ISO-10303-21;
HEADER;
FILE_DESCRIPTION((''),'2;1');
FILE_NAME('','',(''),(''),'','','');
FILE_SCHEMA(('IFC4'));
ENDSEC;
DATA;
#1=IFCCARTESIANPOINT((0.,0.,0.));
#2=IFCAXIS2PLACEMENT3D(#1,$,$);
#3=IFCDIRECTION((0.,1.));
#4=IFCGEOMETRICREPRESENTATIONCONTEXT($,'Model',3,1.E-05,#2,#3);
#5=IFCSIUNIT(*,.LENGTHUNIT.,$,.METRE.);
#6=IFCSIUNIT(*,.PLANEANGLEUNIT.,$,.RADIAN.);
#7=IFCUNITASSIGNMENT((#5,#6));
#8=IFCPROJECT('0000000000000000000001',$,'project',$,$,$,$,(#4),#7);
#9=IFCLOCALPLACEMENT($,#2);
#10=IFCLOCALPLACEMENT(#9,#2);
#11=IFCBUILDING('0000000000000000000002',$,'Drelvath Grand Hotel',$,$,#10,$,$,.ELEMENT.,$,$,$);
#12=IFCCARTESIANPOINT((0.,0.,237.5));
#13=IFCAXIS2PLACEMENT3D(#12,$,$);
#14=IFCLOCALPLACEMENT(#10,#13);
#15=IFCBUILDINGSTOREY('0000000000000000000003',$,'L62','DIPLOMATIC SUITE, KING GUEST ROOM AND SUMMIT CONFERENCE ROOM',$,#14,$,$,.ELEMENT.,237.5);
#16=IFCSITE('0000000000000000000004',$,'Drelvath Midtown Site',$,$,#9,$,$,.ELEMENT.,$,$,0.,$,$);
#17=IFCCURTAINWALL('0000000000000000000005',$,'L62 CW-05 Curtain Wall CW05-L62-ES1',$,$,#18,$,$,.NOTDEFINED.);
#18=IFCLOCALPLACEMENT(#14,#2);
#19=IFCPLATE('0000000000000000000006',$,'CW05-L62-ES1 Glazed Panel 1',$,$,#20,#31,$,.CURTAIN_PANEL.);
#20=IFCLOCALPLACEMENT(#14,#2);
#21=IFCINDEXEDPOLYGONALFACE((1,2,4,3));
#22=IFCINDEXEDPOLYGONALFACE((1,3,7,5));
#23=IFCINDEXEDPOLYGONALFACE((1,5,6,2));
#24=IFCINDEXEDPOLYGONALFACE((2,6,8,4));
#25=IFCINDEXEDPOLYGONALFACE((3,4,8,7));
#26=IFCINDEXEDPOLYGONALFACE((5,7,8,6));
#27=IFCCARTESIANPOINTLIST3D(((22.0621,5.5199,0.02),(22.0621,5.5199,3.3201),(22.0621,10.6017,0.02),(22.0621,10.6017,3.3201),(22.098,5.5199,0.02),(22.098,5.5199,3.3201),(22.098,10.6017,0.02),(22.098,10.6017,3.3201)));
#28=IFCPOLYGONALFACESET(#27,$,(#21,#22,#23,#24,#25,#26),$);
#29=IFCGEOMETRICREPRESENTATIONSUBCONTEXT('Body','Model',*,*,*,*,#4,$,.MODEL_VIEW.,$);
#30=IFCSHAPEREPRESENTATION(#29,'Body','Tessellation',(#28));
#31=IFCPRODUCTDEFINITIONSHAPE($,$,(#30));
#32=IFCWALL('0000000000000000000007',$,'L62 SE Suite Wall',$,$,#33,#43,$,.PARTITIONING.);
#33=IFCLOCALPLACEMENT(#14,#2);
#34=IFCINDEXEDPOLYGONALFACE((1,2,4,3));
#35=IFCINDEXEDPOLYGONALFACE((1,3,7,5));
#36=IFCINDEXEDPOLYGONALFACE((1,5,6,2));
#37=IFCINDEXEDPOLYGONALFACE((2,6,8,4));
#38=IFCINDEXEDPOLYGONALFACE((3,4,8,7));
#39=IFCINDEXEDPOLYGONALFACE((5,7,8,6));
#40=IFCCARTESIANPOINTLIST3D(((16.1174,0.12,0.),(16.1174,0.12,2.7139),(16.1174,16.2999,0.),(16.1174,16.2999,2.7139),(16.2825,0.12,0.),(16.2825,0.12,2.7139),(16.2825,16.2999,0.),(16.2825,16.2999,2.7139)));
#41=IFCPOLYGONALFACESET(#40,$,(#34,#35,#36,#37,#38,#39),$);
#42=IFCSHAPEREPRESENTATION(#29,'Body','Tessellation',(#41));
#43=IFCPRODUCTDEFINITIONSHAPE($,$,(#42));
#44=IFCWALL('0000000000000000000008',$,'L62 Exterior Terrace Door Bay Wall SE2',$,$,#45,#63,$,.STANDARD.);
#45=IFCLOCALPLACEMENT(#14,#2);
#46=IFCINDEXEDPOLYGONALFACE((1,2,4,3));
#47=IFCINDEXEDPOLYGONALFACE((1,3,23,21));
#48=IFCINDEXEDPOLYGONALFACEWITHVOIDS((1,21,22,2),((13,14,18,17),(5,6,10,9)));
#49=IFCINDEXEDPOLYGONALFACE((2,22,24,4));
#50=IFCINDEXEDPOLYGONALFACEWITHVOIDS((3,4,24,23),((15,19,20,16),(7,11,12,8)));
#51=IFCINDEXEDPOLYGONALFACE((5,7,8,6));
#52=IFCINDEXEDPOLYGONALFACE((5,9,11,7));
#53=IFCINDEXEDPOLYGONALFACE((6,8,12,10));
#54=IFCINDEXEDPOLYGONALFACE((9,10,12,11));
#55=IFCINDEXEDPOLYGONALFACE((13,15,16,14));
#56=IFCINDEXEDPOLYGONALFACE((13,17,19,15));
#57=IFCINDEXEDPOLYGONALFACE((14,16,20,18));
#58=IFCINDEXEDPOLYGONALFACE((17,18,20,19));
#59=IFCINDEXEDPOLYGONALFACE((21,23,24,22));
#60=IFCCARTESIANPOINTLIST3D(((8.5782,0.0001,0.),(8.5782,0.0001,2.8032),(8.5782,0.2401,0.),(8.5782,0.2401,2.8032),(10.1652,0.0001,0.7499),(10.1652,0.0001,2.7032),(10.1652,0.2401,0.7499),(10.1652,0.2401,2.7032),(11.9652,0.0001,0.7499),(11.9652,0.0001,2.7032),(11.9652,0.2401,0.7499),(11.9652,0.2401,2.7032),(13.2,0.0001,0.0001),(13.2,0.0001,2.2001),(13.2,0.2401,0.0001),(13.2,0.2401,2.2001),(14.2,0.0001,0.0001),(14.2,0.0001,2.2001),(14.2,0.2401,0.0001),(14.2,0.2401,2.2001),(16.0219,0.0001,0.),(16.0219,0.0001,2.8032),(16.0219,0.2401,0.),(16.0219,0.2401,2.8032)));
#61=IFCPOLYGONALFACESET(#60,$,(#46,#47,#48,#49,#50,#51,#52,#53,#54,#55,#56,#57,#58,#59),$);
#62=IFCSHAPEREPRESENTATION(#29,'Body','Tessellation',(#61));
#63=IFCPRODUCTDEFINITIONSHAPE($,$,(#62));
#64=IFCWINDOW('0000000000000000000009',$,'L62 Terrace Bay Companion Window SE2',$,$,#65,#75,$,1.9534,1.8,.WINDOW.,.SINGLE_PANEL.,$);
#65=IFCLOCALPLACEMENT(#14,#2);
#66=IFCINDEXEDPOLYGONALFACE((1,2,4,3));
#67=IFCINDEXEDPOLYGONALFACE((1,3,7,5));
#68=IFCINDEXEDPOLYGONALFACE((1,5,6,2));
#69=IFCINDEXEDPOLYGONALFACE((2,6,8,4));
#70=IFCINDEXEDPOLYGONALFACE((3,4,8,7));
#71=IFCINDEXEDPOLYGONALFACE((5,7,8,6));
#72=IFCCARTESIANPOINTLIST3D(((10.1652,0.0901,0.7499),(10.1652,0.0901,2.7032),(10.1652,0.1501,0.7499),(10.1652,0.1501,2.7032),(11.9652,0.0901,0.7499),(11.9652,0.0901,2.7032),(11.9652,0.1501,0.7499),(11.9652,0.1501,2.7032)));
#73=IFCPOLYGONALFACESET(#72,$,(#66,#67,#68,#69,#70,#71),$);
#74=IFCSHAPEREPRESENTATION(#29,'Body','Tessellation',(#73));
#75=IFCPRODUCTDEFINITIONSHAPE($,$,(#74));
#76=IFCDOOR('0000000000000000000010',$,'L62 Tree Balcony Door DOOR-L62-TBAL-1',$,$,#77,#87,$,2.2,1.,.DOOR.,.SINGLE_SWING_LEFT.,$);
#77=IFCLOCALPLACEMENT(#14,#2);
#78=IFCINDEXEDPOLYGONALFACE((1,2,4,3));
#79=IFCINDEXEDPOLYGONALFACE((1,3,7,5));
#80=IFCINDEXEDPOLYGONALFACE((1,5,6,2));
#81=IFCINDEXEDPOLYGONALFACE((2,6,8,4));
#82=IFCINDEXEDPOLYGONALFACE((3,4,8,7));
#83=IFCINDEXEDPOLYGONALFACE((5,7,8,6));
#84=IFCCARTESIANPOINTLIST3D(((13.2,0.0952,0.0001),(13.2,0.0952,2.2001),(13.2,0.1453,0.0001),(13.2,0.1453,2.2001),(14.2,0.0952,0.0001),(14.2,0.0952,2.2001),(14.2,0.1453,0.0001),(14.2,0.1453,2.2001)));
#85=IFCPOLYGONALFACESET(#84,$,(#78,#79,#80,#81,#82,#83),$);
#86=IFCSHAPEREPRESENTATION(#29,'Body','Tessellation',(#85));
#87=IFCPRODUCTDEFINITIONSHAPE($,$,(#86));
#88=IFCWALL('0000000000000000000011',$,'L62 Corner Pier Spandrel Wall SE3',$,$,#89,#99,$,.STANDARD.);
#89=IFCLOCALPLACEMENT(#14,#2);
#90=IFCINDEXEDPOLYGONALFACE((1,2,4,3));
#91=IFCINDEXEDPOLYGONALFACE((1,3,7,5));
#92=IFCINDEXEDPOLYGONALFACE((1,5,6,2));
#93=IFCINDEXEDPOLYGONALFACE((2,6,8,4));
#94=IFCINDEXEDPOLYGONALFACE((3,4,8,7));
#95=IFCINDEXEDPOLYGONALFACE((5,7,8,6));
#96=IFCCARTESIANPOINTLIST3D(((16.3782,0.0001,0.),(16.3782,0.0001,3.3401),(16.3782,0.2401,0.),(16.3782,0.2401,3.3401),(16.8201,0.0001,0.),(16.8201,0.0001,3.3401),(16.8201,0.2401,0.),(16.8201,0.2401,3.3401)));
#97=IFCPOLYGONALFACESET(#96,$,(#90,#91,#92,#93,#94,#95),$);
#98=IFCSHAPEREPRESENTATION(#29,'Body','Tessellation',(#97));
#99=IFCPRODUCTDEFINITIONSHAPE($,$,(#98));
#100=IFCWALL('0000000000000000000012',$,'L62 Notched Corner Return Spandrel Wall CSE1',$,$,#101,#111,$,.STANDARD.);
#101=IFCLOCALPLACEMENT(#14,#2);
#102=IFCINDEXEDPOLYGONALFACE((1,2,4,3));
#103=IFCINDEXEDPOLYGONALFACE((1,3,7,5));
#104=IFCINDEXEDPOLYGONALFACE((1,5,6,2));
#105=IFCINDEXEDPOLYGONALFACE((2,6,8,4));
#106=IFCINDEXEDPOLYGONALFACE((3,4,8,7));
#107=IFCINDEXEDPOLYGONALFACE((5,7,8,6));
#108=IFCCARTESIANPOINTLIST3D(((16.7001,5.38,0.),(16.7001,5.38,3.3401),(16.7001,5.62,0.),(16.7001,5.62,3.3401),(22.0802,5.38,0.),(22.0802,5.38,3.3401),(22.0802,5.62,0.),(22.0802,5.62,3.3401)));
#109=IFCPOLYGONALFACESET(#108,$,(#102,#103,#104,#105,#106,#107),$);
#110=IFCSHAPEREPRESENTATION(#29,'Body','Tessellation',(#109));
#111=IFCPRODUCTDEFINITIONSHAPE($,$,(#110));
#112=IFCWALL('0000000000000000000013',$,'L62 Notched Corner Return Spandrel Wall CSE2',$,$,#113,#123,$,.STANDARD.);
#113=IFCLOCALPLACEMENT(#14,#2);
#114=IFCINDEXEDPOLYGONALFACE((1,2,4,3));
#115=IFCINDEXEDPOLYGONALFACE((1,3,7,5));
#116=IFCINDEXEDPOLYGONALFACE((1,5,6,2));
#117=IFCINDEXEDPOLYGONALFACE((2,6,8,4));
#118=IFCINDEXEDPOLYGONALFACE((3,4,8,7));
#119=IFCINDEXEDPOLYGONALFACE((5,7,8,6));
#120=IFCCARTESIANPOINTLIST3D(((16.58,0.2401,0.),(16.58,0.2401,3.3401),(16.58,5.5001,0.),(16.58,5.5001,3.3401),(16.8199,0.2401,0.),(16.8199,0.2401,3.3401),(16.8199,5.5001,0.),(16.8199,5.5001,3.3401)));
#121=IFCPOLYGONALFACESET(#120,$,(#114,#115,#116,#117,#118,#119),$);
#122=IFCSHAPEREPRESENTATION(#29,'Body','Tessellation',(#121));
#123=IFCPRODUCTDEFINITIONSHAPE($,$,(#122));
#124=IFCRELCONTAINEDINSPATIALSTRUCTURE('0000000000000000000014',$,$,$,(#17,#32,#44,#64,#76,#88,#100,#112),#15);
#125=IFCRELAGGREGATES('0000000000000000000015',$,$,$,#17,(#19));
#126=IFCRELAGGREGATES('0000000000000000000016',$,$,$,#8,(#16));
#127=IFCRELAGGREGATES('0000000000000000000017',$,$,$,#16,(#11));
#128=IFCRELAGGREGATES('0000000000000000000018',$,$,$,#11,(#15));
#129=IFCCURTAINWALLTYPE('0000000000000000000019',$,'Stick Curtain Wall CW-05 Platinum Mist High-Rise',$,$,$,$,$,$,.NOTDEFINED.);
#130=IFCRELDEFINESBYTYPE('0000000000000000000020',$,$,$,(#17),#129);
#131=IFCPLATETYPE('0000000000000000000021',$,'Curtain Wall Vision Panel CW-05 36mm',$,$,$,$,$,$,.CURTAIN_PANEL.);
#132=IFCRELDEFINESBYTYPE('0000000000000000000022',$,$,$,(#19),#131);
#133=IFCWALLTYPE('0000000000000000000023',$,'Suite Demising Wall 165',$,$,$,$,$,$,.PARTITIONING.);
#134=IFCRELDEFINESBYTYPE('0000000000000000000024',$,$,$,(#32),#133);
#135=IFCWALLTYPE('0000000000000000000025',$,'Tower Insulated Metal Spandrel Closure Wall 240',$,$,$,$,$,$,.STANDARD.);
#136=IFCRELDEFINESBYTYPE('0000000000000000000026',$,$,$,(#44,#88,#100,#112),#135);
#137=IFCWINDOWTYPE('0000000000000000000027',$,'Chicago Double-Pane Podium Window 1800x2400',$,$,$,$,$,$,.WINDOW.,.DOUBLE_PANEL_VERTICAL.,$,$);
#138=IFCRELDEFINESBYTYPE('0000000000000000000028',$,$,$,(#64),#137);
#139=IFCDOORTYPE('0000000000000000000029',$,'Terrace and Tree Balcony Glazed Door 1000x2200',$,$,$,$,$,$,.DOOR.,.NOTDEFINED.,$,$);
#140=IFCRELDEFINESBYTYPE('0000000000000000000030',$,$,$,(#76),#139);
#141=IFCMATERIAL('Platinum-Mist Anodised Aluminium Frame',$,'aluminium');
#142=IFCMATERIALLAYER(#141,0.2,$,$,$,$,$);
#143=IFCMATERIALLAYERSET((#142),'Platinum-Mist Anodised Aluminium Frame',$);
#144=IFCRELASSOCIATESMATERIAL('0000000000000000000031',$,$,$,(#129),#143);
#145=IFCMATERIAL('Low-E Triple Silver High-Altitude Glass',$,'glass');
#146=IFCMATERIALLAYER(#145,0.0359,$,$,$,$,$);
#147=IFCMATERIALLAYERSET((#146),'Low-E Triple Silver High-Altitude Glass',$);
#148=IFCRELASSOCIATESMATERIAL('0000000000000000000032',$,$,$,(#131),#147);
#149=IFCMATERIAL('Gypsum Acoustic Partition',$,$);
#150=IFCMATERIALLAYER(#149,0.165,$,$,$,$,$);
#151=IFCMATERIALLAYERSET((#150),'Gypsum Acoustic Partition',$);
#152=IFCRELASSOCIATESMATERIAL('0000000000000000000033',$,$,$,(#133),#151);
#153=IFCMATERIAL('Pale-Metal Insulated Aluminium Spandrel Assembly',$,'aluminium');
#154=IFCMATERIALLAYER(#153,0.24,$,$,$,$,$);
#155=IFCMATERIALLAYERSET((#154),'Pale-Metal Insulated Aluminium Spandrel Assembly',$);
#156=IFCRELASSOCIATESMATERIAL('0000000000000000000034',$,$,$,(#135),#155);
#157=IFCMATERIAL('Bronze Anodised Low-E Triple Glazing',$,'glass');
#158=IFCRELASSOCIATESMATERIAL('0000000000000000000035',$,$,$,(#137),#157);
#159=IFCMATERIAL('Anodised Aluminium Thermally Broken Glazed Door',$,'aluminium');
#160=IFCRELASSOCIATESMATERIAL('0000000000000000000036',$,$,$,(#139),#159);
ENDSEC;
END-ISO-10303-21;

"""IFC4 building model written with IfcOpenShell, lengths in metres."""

from ifc_helpers import new_model, si_unit, direction, frame, frame_2d, origin, origin_2d, place, context, subcontext, project, spatial, rectangle, extrude, material, layer, layer_set, type_object, element, fill, aggregate, save


model = new_model("IFC4")

# Units and contexts
model_context = context("Model", 3, precision=1e-05, world=origin(), true_north=direction((0.0, 1.0)))
body_context = subcontext(model_context, "Body", "Model", "MODEL_VIEW")
ifc_project = project(units=[si_unit("LENGTHUNIT", "METRE"), si_unit("PLANEANGLEUNIT", "RADIAN")], contexts=[model_context])

# Site, building, storey
site_placement = place(None, origin())
site = spatial("IfcSite", under=ifc_project, at=site_placement, Name="Drelvath Midtown Site", CompositionType="ELEMENT", RefElevation=0.0)
building_placement = place(site_placement, origin())
building = spatial("IfcBuilding", under=site, at=building_placement, Name="Drelvath Grand Hotel", CompositionType="ELEMENT")
storey_placement = place(building_placement, frame((0.0, 0.0, 237.5)))
storey = spatial("IfcBuildingStorey", under=building, at=storey_placement, Name="L62", Description="DIPLOMATIC SUITE, KING GUEST ROOM AND SUMMIT CONFERENCE ROOM", CompositionType="ELEMENT", Elevation=237.5)

# Curtain wall
ifc_material_1 = material(Name="Platinum-Mist Anodised Aluminium Frame", Category="aluminium")
ifc_layer_1 = layer(ifc_material_1, 0.2)
ifc_layer_set_1 = layer_set([ifc_layer_1], Name="Platinum-Mist Anodised Aluminium Frame")
curtain_wall_type = type_object("IfcCurtainWallType", Name="Stick Curtain Wall CW-05 Platinum Mist High-Rise", PredefinedType="NOTDEFINED", material=ifc_layer_set_1)
curtain_wall_1_placement = place(storey_placement, origin())
curtain_wall_1 = element("IfcCurtainWall", 1, at=curtain_wall_1_placement, inside=storey, type_object=curtain_wall_type, Name="L62 CW-05 Curtain Wall CW05-L62-ES1", PredefinedType="NOTDEFINED")

# Plate
ifc_material_2 = material(Name="Low-E Triple Silver High-Altitude Glass", Category="glass")
ifc_layer_2 = layer(ifc_material_2, 0.0359)
ifc_layer_set_2 = layer_set([ifc_layer_2], Name="Low-E Triple Silver High-Altitude Glass")
plate_type = type_object("IfcPlateType", Name="Curtain Wall Vision Panel CW-05 36mm", PredefinedType="CURTAIN_PANEL", material=ifc_layer_set_2)
plate_placement = place(storey_placement, frame((22.0801, 8.0608, 0.02), z_axis=(0.0, 0.0, 1.0), x_axis=(0.0, -1.0, 0.0)))
plate = element("IfcPlate", 2, at=plate_placement, type_object=plate_type, Name="CW05-L62-ES1 Glazed Panel 1", PredefinedType="CURTAIN_PANEL", context=body_context, shape_type="SweptSolid", body=[
    extrude(rectangle(XDim=5.0818, YDim=0.0359, at=origin_2d()), origin(), (0.0, 0.0, 1.0), 3.3),
])
aggregate(curtain_wall_1, [plate])

# Wall
ifc_material_3 = material(Name="Gypsum Acoustic Partition")
ifc_layer_3 = layer(ifc_material_3, 0.165)
ifc_layer_set_3 = layer_set([ifc_layer_3], Name="Gypsum Acoustic Partition")
wall_type_1 = type_object("IfcWallType", Name="Suite Demising Wall 165", PredefinedType="PARTITIONING", material=ifc_layer_set_3)
wall_1_placement = place(storey_placement, frame((16.2, 0.1201, 0.0), z_axis=(0.0, 0.0, 1.0), x_axis=(0.0, 1.0, 0.0)))
element("IfcWall", 3, at=wall_1_placement, inside=storey, type_object=wall_type_1, Name="L62 SE Suite Wall", PredefinedType="PARTITIONING", context=body_context, shape_type="SweptSolid", body=[
    extrude(rectangle(XDim=16.1799, YDim=0.165, at=frame_2d((8.0898, 0.0))), origin(), (0.0, 0.0, 1.0), 2.7139),
])

# Wall, openings, window, door
ifc_material_4 = material(Name="Pale-Metal Insulated Aluminium Spandrel Assembly", Category="aluminium")
ifc_layer_4 = layer(ifc_material_4, 0.24)
ifc_layer_set_4 = layer_set([ifc_layer_4], Name="Pale-Metal Insulated Aluminium Spandrel Assembly")
wall_type_2 = type_object("IfcWallType", Name="Tower Insulated Metal Spandrel Closure Wall 240", PredefinedType="STANDARD", material=ifc_layer_set_4)
wall_2_placement = place(storey_placement, frame((16.0217, 0.1201, 0.0), z_axis=(0.0, 0.0, 1.0), x_axis=(-1.0, 0.0, 0.0)))
wall_2 = element("IfcWall", 4, at=wall_2_placement, inside=storey, type_object=wall_type_2, Name="L62 Exterior Terrace Door Bay Wall SE2", PredefinedType="STANDARD", context=body_context, shape_type="SweptSolid", body=[
    extrude(rectangle(XDim=7.4436, YDim=0.24, at=frame_2d((3.7217, 0.0))), origin(), (0.0, 0.0, 1.0), 2.8032),
])
opening_1_placement = place(wall_2_placement, frame((1.8218, 0.0, 0.0)))
opening_1 = element("IfcOpeningElement", 5, at=opening_1_placement, cuts=wall_2, PredefinedType="OPENING", context=body_context, shape_type="SweptSolid", body=[
    extrude(rectangle(XDim=1.0, YDim=2.2, at=frame_2d((0.5, 1.1001))), frame((0.0, 0.1299, 0.0), z_axis=(0.0, -1.0, 0.0), x_axis=(1.0, 0.0, 0.0)), (0.0, 0.0, 1.0), 0.26),
])
opening_2_placement = place(wall_2_placement, frame((4.0566, 0.0, 0.75)))
opening_2 = element("IfcOpeningElement", 6, at=opening_2_placement, cuts=wall_2, PredefinedType="OPENING", context=body_context, shape_type="SweptSolid", body=[
    extrude(rectangle(XDim=1.8, YDim=1.9534, at=frame_2d((0.8999, 0.9766))), frame((0.0, 0.1299, 0.0), z_axis=(0.0, -1.0, 0.0), x_axis=(1.0, 0.0, 0.0)), (0.0, 0.0, 1.0), 0.26),
])
ifc_material_5 = material(Name="Bronze Anodised Low-E Triple Glazing", Category="glass")
window_type = type_object("IfcWindowType", Name="Chicago Double-Pane Podium Window 1800x2400", PartitioningType="DOUBLE_PANEL_VERTICAL", PredefinedType="WINDOW", material=ifc_material_5)
window_placement = place(opening_2_placement, origin())
window = element("IfcWindow", 7, at=window_placement, inside=storey, type_object=window_type, Name="L62 Terrace Bay Companion Window SE2", OverallHeight=1.9534, OverallWidth=1.8, PartitioningType="SINGLE_PANEL", PredefinedType="WINDOW", context=body_context, shape_type="SweptSolid", body=[
    extrude(rectangle(XDim=1.8, YDim=1.9534, at=frame_2d((0.8999, 0.9766))), frame((0.0, 0.03, 0.0), z_axis=(0.0, -1.0, 0.0), x_axis=(1.0, 0.0, 0.0)), (0.0, 0.0, 1.0), 0.0601),
])
fill(opening_2, window)
ifc_material_6 = material(Name="Anodised Aluminium Thermally Broken Glazed Door", Category="aluminium")
door_type = type_object("IfcDoorType", Name="Terrace and Tree Balcony Glazed Door 1000x2200", OperationType="NOTDEFINED", PredefinedType="DOOR", material=ifc_material_6)
door_placement = place(opening_1_placement, origin())
door = element("IfcDoor", 8, at=door_placement, inside=storey, type_object=door_type, Name="L62 Tree Balcony Door DOOR-L62-TBAL-1", OperationType="SINGLE_SWING_LEFT", OverallHeight=2.2, OverallWidth=1.0, PredefinedType="DOOR", context=body_context, shape_type="SweptSolid", body=[
    extrude(rectangle(XDim=1.0, YDim=2.2, at=frame_2d((0.5, 1.1001))), frame((0.0, 0.0249, 0.0), z_axis=(0.0, -1.0, 0.0), x_axis=(1.0, 0.0, 0.0)), (0.0, 0.0, 1.0), 0.05),
])
fill(opening_1, door)

# Walls
wall_3_placement = place(storey_placement, frame((16.8201, 0.1201, 0.0), z_axis=(0.0, 0.0, 1.0), x_axis=(-1.0, 0.0, 0.0)))
element("IfcWall", 9, at=wall_3_placement, inside=storey, type_object=wall_type_2, Name="L62 Corner Pier Spandrel Wall SE3", PredefinedType="STANDARD", context=body_context, shape_type="SweptSolid", body=[
    extrude(rectangle(XDim=0.4419, YDim=0.24, at=frame_2d((0.2209, 0.0))), origin(), (0.0, 0.0, 1.0), 3.3401),
])
wall_4_placement = place(storey_placement, frame((22.0801, 5.5, 0.0), z_axis=(0.0, 0.0, 1.0), x_axis=(-1.0, 0.0, 0.0)))
element("IfcWall", 10, at=wall_4_placement, inside=storey, type_object=wall_type_2, Name="L62 Notched Corner Return Spandrel Wall CSE1", PredefinedType="STANDARD", context=body_context, shape_type="SweptSolid", body=[
    extrude(rectangle(XDim=5.3801, YDim=0.24, at=frame_2d((2.6899, 0.0))), origin(), (0.0, 0.0, 1.0), 3.3401),
])
wall_5_placement = place(storey_placement, frame((16.7, 5.5, 0.0), z_axis=(0.0, 0.0, 1.0), x_axis=(0.0, -1.0, 0.0)))
element("IfcWall", 11, at=wall_5_placement, inside=storey, type_object=wall_type_2, Name="L62 Notched Corner Return Spandrel Wall CSE2", PredefinedType="STANDARD", context=body_context, shape_type="SweptSolid", body=[
    extrude(rectangle(XDim=5.26, YDim=0.24, at=frame_2d((2.6299, 0.0))), origin(), (0.0, 0.0, 1.0), 3.3401),
])

save(model, "model.ifc")
